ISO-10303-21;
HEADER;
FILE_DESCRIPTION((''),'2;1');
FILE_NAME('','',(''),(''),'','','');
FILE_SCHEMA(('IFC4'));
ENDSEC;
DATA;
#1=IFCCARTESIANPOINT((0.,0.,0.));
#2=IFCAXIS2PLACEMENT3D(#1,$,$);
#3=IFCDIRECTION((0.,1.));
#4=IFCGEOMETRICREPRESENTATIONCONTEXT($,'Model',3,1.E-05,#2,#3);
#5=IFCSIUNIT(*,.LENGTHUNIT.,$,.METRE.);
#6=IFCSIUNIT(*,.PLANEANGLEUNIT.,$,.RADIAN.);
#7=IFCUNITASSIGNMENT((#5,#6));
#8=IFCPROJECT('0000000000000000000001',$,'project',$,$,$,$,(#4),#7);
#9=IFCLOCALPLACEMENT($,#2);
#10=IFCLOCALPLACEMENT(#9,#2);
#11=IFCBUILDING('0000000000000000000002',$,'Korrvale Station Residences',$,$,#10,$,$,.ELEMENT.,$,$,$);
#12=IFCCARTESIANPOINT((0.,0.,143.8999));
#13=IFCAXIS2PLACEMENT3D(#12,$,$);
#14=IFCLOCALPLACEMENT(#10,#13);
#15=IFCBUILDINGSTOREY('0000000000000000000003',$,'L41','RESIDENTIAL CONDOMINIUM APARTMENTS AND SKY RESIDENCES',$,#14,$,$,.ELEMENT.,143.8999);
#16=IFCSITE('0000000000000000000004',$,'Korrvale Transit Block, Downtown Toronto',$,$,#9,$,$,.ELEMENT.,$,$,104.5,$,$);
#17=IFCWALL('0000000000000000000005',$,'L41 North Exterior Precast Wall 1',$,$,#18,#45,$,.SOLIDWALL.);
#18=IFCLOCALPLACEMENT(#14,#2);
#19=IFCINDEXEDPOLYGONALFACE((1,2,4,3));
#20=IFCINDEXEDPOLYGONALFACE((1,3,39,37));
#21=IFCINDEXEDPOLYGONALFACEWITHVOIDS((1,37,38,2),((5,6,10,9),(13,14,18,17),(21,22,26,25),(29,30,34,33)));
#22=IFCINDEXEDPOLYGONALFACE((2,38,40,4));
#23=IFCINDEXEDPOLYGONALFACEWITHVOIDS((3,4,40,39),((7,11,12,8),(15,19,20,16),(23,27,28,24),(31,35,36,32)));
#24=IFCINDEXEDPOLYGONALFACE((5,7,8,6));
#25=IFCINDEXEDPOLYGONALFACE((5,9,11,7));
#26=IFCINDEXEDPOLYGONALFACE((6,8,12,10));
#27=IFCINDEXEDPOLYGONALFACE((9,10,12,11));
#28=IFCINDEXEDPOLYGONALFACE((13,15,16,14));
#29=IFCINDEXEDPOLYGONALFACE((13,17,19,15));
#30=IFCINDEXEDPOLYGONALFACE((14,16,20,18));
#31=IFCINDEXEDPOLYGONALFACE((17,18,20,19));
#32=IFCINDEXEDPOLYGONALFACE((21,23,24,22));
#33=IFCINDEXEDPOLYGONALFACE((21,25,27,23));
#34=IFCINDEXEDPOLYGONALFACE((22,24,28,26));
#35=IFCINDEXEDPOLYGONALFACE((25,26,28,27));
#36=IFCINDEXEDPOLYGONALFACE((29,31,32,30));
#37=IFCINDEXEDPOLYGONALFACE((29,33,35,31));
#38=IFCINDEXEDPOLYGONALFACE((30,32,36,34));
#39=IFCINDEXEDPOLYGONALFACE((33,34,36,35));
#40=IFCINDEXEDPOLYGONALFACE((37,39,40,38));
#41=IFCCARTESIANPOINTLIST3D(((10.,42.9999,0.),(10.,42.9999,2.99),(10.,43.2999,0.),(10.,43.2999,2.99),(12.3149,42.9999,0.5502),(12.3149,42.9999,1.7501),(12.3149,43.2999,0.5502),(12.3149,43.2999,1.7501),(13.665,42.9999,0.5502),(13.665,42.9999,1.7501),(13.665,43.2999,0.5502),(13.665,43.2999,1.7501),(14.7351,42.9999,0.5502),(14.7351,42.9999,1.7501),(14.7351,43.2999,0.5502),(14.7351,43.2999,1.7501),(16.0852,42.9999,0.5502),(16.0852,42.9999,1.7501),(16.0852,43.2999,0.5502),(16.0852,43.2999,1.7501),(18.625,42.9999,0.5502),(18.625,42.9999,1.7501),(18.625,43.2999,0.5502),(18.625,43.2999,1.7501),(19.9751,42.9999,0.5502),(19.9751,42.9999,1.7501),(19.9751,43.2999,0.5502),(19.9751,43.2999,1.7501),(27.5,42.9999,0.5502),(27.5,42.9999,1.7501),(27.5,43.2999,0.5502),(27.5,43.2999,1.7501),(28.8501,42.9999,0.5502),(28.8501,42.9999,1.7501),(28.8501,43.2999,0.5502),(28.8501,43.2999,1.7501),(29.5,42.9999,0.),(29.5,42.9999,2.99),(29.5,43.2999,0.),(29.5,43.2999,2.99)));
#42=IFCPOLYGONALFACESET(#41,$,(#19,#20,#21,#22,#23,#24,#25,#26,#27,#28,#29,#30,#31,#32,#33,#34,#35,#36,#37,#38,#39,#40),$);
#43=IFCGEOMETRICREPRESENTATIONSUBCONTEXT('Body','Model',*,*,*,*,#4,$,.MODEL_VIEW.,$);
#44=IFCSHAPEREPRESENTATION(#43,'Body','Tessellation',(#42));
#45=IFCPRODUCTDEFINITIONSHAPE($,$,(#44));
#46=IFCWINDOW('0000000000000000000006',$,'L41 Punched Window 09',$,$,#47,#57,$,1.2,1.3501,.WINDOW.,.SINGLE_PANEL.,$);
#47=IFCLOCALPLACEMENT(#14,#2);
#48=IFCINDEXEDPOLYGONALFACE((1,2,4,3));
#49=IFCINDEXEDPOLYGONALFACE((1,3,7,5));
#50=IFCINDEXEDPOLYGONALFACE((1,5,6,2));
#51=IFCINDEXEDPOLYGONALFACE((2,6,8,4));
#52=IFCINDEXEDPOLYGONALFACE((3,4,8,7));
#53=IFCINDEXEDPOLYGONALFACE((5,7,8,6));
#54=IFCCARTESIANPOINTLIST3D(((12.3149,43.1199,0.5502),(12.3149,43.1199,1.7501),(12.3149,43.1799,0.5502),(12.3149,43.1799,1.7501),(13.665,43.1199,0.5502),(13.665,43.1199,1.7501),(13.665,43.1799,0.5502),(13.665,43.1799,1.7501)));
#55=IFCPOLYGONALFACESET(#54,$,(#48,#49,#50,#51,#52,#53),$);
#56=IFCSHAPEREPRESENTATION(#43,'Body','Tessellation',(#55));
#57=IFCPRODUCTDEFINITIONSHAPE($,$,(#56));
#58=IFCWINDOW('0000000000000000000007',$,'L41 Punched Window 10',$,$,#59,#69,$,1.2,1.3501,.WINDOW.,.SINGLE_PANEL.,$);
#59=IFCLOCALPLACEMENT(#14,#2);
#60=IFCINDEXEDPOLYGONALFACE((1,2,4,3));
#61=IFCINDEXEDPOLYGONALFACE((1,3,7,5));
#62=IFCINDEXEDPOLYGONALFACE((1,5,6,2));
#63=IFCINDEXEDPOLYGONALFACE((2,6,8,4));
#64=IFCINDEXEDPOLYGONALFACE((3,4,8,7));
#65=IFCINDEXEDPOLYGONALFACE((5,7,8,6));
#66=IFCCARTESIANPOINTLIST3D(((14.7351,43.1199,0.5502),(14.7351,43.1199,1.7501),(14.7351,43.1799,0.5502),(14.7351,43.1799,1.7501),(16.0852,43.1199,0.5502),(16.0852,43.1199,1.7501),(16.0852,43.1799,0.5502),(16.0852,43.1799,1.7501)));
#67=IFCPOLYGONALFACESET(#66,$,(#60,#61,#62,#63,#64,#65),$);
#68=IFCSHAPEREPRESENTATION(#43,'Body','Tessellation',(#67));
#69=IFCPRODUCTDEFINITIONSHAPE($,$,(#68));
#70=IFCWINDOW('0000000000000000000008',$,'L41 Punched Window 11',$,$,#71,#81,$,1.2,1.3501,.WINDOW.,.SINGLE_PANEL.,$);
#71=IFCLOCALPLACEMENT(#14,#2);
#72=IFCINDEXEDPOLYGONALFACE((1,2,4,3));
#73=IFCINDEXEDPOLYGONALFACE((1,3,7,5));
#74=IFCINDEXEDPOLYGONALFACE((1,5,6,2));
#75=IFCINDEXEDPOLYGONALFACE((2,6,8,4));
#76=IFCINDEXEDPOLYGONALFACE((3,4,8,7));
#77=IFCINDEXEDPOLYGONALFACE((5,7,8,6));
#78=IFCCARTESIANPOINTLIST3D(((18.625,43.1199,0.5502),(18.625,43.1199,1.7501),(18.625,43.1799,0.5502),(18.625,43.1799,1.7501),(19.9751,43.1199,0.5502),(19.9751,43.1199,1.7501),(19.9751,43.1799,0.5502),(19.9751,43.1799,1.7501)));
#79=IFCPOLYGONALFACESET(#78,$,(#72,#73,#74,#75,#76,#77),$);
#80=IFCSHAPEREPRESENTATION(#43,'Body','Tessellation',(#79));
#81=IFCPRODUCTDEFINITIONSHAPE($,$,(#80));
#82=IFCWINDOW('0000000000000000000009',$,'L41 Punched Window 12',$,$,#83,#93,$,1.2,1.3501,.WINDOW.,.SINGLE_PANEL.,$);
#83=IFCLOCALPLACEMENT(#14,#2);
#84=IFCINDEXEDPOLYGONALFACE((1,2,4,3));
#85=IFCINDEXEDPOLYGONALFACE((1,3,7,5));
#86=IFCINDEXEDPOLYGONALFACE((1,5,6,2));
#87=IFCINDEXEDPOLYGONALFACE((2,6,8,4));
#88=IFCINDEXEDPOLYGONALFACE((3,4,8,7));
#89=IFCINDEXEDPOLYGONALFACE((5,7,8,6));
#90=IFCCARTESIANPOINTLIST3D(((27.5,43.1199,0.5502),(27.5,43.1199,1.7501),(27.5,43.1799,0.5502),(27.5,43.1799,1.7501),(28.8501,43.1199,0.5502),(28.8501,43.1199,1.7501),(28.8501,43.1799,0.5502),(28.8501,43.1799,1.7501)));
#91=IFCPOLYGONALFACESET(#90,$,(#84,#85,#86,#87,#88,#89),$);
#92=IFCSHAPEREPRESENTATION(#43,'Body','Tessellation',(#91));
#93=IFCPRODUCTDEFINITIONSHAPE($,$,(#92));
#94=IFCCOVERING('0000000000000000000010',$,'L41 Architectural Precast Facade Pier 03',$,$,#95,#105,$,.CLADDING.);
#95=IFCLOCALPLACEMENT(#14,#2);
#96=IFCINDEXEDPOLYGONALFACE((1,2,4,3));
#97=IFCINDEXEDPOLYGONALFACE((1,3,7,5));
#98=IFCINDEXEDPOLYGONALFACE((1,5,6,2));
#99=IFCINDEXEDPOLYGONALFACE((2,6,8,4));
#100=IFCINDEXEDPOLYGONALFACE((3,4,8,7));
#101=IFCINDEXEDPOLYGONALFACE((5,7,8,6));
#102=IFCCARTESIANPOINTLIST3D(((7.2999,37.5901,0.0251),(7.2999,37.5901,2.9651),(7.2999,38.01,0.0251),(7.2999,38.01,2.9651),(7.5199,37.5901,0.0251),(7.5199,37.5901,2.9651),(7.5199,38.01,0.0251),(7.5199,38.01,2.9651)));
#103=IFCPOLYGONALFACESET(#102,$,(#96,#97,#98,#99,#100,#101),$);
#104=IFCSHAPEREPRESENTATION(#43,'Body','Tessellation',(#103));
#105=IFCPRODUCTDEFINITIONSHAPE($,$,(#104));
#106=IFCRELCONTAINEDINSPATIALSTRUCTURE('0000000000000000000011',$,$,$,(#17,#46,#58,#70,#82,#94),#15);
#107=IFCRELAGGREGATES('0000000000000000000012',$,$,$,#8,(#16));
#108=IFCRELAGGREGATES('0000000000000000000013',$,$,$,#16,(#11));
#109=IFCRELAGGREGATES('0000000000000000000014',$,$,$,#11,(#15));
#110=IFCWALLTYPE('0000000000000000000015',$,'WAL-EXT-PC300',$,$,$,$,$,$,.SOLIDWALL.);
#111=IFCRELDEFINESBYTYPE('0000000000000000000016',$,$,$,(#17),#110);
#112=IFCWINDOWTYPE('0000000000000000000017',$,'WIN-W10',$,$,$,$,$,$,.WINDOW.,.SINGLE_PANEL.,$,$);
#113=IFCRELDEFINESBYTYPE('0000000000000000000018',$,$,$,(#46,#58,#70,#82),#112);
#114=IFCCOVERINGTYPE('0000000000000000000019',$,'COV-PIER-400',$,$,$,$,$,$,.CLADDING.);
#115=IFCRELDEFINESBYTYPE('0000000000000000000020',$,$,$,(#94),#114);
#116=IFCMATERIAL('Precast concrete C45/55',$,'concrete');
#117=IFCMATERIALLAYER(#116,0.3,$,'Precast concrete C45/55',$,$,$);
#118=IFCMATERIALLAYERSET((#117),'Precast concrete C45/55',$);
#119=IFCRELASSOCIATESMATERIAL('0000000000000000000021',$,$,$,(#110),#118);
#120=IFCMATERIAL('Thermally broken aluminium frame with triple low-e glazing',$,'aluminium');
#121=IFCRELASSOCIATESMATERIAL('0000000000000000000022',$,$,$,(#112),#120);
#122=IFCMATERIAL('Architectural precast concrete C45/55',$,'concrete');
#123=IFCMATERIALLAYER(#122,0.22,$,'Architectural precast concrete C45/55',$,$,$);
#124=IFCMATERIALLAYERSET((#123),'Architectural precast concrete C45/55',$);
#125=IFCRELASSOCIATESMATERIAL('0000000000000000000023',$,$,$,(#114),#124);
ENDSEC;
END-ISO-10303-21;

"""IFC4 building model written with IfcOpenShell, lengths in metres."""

from ifc_helpers import new_model, si_unit, direction, frame, frame_2d, origin, origin_2d, place, context, subcontext, project, spatial, rectangle, extrude, material, layer, layer_set, type_object, element, fill, save


model = new_model("IFC4")

# Units and contexts
model_context = context("Model", 3, precision=1e-05, world=origin(), true_north=direction((0.0, 1.0)))
body_context = subcontext(model_context, "Body", "Model", "MODEL_VIEW")
ifc_project = project(units=[si_unit("LENGTHUNIT", "METRE"), si_unit("PLANEANGLEUNIT", "RADIAN")], contexts=[model_context])

# Site, building, storey
site_placement = place(None, origin())
site = spatial("IfcSite", under=ifc_project, at=site_placement, Name="Korrvale Transit Block, Downtown Toronto", CompositionType="ELEMENT", RefElevation=104.5)
building_placement = place(site_placement, origin())
building = spatial("IfcBuilding", under=site, at=building_placement, Name="Korrvale Station Residences", CompositionType="ELEMENT")
storey_placement = place(building_placement, frame((0.0, 0.0, 143.8999)))
storey = spatial("IfcBuildingStorey", under=building, at=storey_placement, Name="L41", Description="RESIDENTIAL CONDOMINIUM APARTMENTS AND SKY RESIDENCES", CompositionType="ELEMENT", Elevation=143.8999)

# Shared definitions
ifc_material_1 = material(Name="Precast concrete C45/55", Category="concrete")

# Wall, openings, windows
ifc_layer_1 = layer(ifc_material_1, 0.3, Name="Precast concrete C45/55")
ifc_layer_set_1 = layer_set([ifc_layer_1], Name="Precast concrete C45/55")
wall_type_1 = type_object("IfcWallType", Name="WAL-EXT-PC300", PredefinedType="SOLIDWALL", material=ifc_layer_set_1)
wall_1_placement = place(storey_placement, frame((10.0, 43.1499, 0.0), z_axis=(0.0, 0.0, 1.0), x_axis=(1.0, 0.0, 0.0)))
wall_1 = element("IfcWall", 1, at=wall_1_placement, inside=storey, type_object=wall_type_1, Name="L41 North Exterior Precast Wall 1", PredefinedType="SOLIDWALL", context=body_context, shape_type="SweptSolid", body=[
    extrude(rectangle(XDim=19.5, YDim=0.3, at=frame_2d((9.75, 0.0))), origin(), (0.0, 0.0, 1.0), 2.99),
])
opening_1_placement = place(wall_1_placement, frame((2.3149, 0.0, 0.55)))
opening_1 = element("IfcOpeningElement", 2, at=opening_1_placement, cuts=wall_1, PredefinedType="OPENING", context=body_context, shape_type="SweptSolid", body=[
    extrude(rectangle(XDim=1.3501, YDim=1.2, at=frame_2d((0.675, 0.6001))), frame((0.0, 0.1602, 0.0), z_axis=(0.0, -1.0, 0.0), x_axis=(1.0, 0.0, 0.0)), (0.0, 0.0, 1.0), 0.3201),
])
opening_2_placement = place(wall_1_placement, frame((4.7351, 0.0, 0.55)))
opening_2 = element("IfcOpeningElement", 3, at=opening_2_placement, cuts=wall_1, PredefinedType="OPENING", context=body_context, shape_type="SweptSolid", body=[
    extrude(rectangle(XDim=1.3501, YDim=1.2, at=frame_2d((0.675, 0.6001))), frame((0.0, 0.1602, 0.0), z_axis=(0.0, -1.0, 0.0), x_axis=(1.0, 0.0, 0.0)), (0.0, 0.0, 1.0), 0.3201),
])
opening_3_placement = place(wall_1_placement, frame((8.625, 0.0, 0.55)))
opening_3 = element("IfcOpeningElement", 4, at=opening_3_placement, cuts=wall_1, PredefinedType="OPENING", context=body_context, shape_type="SweptSolid", body=[
    extrude(rectangle(XDim=1.3501, YDim=1.2, at=frame_2d((0.675, 0.6001))), frame((0.0, 0.1602, 0.0), z_axis=(0.0, -1.0, 0.0), x_axis=(1.0, 0.0, 0.0)), (0.0, 0.0, 1.0), 0.3201),
])
opening_4_placement = place(wall_1_placement, frame((17.5, 0.0, 0.55)))
opening_4 = element("IfcOpeningElement", 5, at=opening_4_placement, cuts=wall_1, PredefinedType="OPENING", context=body_context, shape_type="SweptSolid", body=[
    extrude(rectangle(XDim=1.3501, YDim=1.2, at=frame_2d((0.675, 0.6001))), frame((0.0, 0.1602, 0.0), z_axis=(0.0, -1.0, 0.0), x_axis=(1.0, 0.0, 0.0)), (0.0, 0.0, 1.0), 0.3201),
])
ifc_material_2 = material(Name="Thermally broken aluminium frame with triple low-e glazing", Category="aluminium")
window_type = type_object("IfcWindowType", Name="WIN-W10", PartitioningType="SINGLE_PANEL", PredefinedType="WINDOW", material=ifc_material_2)
window_1_placement = place(opening_1_placement, origin())
window_1 = element("IfcWindow", 6, at=window_1_placement, inside=storey, type_object=window_type, Name="L41 Punched Window 09", OverallHeight=1.2, OverallWidth=1.3501, PartitioningType="SINGLE_PANEL", PredefinedType="WINDOW", context=body_context, shape_type="SweptSolid", body=[
    extrude(rectangle(XDim=1.3501, YDim=1.2, at=frame_2d((0.675, 0.6001))), frame((0.0, 0.03, 0.0), z_axis=(0.0, -1.0, 0.0), x_axis=(1.0, 0.0, 0.0)), (0.0, 0.0, 1.0), 0.0601),
])
fill(opening_1, window_1)
window_2_placement = place(opening_2_placement, origin())
window_2 = element("IfcWindow", 7, at=window_2_placement, inside=storey, type_object=window_type, Name="L41 Punched Window 10", OverallHeight=1.2, OverallWidth=1.3501, PartitioningType="SINGLE_PANEL", PredefinedType="WINDOW", context=body_context, shape_type="SweptSolid", body=[
    extrude(rectangle(XDim=1.3501, YDim=1.2, at=frame_2d((0.675, 0.6001))), frame((0.0, 0.03, 0.0), z_axis=(0.0, -1.0, 0.0), x_axis=(1.0, 0.0, 0.0)), (0.0, 0.0, 1.0), 0.0601),
])
fill(opening_2, window_2)
window_3_placement = place(opening_3_placement, origin())
window_3 = element("IfcWindow", 8, at=window_3_placement, inside=storey, type_object=window_type, Name="L41 Punched Window 11", OverallHeight=1.2, OverallWidth=1.3501, PartitioningType="SINGLE_PANEL", PredefinedType="WINDOW", context=body_context, shape_type="SweptSolid", body=[
    extrude(rectangle(XDim=1.3501, YDim=1.2, at=frame_2d((0.675, 0.6001))), frame((0.0, 0.03, 0.0), z_axis=(0.0, -1.0, 0.0), x_axis=(1.0, 0.0, 0.0)), (0.0, 0.0, 1.0), 0.0601),
])
fill(opening_3, window_3)
window_4_placement = place(opening_4_placement, origin())
window_4 = element("IfcWindow", 9, at=window_4_placement, inside=storey, type_object=window_type, Name="L41 Punched Window 12", OverallHeight=1.2, OverallWidth=1.3501, PartitioningType="SINGLE_PANEL", PredefinedType="WINDOW", context=body_context, shape_type="SweptSolid", body=[
    extrude(rectangle(XDim=1.3501, YDim=1.2, at=frame_2d((0.675, 0.6001))), frame((0.0, 0.03, 0.0), z_axis=(0.0, -1.0, 0.0), x_axis=(1.0, 0.0, 0.0)), (0.0, 0.0, 1.0), 0.0601),
])
fill(opening_4, window_4)

# Covering
ifc_material_3 = material(Name="Architectural precast concrete C45/55", Category="concrete")
ifc_layer_2 = layer(ifc_material_3, 0.22, Name="Architectural precast concrete C45/55")
ifc_layer_set_2 = layer_set([ifc_layer_2], Name="Architectural precast concrete C45/55")
covering_type = type_object("IfcCoveringType", Name="COV-PIER-400", PredefinedType="CLADDING", material=ifc_layer_set_2)
covering_placement = place(storey_placement, frame((7.4099, 37.8, 0.0251), z_axis=(0.0, 0.0, 1.0), x_axis=(0.0, 1.0, 0.0)))
element("IfcCovering", 10, at=covering_placement, inside=storey, type_object=covering_type, Name="L41 Architectural Precast Facade Pier 03", PredefinedType="CLADDING", context=body_context, shape_type="SweptSolid", body=[
    extrude(rectangle(XDim=0.4199, YDim=0.22, at=origin_2d()), origin(), (0.0, 0.0, 1.0), 2.9399),
])

save(model, "model.ifc")
